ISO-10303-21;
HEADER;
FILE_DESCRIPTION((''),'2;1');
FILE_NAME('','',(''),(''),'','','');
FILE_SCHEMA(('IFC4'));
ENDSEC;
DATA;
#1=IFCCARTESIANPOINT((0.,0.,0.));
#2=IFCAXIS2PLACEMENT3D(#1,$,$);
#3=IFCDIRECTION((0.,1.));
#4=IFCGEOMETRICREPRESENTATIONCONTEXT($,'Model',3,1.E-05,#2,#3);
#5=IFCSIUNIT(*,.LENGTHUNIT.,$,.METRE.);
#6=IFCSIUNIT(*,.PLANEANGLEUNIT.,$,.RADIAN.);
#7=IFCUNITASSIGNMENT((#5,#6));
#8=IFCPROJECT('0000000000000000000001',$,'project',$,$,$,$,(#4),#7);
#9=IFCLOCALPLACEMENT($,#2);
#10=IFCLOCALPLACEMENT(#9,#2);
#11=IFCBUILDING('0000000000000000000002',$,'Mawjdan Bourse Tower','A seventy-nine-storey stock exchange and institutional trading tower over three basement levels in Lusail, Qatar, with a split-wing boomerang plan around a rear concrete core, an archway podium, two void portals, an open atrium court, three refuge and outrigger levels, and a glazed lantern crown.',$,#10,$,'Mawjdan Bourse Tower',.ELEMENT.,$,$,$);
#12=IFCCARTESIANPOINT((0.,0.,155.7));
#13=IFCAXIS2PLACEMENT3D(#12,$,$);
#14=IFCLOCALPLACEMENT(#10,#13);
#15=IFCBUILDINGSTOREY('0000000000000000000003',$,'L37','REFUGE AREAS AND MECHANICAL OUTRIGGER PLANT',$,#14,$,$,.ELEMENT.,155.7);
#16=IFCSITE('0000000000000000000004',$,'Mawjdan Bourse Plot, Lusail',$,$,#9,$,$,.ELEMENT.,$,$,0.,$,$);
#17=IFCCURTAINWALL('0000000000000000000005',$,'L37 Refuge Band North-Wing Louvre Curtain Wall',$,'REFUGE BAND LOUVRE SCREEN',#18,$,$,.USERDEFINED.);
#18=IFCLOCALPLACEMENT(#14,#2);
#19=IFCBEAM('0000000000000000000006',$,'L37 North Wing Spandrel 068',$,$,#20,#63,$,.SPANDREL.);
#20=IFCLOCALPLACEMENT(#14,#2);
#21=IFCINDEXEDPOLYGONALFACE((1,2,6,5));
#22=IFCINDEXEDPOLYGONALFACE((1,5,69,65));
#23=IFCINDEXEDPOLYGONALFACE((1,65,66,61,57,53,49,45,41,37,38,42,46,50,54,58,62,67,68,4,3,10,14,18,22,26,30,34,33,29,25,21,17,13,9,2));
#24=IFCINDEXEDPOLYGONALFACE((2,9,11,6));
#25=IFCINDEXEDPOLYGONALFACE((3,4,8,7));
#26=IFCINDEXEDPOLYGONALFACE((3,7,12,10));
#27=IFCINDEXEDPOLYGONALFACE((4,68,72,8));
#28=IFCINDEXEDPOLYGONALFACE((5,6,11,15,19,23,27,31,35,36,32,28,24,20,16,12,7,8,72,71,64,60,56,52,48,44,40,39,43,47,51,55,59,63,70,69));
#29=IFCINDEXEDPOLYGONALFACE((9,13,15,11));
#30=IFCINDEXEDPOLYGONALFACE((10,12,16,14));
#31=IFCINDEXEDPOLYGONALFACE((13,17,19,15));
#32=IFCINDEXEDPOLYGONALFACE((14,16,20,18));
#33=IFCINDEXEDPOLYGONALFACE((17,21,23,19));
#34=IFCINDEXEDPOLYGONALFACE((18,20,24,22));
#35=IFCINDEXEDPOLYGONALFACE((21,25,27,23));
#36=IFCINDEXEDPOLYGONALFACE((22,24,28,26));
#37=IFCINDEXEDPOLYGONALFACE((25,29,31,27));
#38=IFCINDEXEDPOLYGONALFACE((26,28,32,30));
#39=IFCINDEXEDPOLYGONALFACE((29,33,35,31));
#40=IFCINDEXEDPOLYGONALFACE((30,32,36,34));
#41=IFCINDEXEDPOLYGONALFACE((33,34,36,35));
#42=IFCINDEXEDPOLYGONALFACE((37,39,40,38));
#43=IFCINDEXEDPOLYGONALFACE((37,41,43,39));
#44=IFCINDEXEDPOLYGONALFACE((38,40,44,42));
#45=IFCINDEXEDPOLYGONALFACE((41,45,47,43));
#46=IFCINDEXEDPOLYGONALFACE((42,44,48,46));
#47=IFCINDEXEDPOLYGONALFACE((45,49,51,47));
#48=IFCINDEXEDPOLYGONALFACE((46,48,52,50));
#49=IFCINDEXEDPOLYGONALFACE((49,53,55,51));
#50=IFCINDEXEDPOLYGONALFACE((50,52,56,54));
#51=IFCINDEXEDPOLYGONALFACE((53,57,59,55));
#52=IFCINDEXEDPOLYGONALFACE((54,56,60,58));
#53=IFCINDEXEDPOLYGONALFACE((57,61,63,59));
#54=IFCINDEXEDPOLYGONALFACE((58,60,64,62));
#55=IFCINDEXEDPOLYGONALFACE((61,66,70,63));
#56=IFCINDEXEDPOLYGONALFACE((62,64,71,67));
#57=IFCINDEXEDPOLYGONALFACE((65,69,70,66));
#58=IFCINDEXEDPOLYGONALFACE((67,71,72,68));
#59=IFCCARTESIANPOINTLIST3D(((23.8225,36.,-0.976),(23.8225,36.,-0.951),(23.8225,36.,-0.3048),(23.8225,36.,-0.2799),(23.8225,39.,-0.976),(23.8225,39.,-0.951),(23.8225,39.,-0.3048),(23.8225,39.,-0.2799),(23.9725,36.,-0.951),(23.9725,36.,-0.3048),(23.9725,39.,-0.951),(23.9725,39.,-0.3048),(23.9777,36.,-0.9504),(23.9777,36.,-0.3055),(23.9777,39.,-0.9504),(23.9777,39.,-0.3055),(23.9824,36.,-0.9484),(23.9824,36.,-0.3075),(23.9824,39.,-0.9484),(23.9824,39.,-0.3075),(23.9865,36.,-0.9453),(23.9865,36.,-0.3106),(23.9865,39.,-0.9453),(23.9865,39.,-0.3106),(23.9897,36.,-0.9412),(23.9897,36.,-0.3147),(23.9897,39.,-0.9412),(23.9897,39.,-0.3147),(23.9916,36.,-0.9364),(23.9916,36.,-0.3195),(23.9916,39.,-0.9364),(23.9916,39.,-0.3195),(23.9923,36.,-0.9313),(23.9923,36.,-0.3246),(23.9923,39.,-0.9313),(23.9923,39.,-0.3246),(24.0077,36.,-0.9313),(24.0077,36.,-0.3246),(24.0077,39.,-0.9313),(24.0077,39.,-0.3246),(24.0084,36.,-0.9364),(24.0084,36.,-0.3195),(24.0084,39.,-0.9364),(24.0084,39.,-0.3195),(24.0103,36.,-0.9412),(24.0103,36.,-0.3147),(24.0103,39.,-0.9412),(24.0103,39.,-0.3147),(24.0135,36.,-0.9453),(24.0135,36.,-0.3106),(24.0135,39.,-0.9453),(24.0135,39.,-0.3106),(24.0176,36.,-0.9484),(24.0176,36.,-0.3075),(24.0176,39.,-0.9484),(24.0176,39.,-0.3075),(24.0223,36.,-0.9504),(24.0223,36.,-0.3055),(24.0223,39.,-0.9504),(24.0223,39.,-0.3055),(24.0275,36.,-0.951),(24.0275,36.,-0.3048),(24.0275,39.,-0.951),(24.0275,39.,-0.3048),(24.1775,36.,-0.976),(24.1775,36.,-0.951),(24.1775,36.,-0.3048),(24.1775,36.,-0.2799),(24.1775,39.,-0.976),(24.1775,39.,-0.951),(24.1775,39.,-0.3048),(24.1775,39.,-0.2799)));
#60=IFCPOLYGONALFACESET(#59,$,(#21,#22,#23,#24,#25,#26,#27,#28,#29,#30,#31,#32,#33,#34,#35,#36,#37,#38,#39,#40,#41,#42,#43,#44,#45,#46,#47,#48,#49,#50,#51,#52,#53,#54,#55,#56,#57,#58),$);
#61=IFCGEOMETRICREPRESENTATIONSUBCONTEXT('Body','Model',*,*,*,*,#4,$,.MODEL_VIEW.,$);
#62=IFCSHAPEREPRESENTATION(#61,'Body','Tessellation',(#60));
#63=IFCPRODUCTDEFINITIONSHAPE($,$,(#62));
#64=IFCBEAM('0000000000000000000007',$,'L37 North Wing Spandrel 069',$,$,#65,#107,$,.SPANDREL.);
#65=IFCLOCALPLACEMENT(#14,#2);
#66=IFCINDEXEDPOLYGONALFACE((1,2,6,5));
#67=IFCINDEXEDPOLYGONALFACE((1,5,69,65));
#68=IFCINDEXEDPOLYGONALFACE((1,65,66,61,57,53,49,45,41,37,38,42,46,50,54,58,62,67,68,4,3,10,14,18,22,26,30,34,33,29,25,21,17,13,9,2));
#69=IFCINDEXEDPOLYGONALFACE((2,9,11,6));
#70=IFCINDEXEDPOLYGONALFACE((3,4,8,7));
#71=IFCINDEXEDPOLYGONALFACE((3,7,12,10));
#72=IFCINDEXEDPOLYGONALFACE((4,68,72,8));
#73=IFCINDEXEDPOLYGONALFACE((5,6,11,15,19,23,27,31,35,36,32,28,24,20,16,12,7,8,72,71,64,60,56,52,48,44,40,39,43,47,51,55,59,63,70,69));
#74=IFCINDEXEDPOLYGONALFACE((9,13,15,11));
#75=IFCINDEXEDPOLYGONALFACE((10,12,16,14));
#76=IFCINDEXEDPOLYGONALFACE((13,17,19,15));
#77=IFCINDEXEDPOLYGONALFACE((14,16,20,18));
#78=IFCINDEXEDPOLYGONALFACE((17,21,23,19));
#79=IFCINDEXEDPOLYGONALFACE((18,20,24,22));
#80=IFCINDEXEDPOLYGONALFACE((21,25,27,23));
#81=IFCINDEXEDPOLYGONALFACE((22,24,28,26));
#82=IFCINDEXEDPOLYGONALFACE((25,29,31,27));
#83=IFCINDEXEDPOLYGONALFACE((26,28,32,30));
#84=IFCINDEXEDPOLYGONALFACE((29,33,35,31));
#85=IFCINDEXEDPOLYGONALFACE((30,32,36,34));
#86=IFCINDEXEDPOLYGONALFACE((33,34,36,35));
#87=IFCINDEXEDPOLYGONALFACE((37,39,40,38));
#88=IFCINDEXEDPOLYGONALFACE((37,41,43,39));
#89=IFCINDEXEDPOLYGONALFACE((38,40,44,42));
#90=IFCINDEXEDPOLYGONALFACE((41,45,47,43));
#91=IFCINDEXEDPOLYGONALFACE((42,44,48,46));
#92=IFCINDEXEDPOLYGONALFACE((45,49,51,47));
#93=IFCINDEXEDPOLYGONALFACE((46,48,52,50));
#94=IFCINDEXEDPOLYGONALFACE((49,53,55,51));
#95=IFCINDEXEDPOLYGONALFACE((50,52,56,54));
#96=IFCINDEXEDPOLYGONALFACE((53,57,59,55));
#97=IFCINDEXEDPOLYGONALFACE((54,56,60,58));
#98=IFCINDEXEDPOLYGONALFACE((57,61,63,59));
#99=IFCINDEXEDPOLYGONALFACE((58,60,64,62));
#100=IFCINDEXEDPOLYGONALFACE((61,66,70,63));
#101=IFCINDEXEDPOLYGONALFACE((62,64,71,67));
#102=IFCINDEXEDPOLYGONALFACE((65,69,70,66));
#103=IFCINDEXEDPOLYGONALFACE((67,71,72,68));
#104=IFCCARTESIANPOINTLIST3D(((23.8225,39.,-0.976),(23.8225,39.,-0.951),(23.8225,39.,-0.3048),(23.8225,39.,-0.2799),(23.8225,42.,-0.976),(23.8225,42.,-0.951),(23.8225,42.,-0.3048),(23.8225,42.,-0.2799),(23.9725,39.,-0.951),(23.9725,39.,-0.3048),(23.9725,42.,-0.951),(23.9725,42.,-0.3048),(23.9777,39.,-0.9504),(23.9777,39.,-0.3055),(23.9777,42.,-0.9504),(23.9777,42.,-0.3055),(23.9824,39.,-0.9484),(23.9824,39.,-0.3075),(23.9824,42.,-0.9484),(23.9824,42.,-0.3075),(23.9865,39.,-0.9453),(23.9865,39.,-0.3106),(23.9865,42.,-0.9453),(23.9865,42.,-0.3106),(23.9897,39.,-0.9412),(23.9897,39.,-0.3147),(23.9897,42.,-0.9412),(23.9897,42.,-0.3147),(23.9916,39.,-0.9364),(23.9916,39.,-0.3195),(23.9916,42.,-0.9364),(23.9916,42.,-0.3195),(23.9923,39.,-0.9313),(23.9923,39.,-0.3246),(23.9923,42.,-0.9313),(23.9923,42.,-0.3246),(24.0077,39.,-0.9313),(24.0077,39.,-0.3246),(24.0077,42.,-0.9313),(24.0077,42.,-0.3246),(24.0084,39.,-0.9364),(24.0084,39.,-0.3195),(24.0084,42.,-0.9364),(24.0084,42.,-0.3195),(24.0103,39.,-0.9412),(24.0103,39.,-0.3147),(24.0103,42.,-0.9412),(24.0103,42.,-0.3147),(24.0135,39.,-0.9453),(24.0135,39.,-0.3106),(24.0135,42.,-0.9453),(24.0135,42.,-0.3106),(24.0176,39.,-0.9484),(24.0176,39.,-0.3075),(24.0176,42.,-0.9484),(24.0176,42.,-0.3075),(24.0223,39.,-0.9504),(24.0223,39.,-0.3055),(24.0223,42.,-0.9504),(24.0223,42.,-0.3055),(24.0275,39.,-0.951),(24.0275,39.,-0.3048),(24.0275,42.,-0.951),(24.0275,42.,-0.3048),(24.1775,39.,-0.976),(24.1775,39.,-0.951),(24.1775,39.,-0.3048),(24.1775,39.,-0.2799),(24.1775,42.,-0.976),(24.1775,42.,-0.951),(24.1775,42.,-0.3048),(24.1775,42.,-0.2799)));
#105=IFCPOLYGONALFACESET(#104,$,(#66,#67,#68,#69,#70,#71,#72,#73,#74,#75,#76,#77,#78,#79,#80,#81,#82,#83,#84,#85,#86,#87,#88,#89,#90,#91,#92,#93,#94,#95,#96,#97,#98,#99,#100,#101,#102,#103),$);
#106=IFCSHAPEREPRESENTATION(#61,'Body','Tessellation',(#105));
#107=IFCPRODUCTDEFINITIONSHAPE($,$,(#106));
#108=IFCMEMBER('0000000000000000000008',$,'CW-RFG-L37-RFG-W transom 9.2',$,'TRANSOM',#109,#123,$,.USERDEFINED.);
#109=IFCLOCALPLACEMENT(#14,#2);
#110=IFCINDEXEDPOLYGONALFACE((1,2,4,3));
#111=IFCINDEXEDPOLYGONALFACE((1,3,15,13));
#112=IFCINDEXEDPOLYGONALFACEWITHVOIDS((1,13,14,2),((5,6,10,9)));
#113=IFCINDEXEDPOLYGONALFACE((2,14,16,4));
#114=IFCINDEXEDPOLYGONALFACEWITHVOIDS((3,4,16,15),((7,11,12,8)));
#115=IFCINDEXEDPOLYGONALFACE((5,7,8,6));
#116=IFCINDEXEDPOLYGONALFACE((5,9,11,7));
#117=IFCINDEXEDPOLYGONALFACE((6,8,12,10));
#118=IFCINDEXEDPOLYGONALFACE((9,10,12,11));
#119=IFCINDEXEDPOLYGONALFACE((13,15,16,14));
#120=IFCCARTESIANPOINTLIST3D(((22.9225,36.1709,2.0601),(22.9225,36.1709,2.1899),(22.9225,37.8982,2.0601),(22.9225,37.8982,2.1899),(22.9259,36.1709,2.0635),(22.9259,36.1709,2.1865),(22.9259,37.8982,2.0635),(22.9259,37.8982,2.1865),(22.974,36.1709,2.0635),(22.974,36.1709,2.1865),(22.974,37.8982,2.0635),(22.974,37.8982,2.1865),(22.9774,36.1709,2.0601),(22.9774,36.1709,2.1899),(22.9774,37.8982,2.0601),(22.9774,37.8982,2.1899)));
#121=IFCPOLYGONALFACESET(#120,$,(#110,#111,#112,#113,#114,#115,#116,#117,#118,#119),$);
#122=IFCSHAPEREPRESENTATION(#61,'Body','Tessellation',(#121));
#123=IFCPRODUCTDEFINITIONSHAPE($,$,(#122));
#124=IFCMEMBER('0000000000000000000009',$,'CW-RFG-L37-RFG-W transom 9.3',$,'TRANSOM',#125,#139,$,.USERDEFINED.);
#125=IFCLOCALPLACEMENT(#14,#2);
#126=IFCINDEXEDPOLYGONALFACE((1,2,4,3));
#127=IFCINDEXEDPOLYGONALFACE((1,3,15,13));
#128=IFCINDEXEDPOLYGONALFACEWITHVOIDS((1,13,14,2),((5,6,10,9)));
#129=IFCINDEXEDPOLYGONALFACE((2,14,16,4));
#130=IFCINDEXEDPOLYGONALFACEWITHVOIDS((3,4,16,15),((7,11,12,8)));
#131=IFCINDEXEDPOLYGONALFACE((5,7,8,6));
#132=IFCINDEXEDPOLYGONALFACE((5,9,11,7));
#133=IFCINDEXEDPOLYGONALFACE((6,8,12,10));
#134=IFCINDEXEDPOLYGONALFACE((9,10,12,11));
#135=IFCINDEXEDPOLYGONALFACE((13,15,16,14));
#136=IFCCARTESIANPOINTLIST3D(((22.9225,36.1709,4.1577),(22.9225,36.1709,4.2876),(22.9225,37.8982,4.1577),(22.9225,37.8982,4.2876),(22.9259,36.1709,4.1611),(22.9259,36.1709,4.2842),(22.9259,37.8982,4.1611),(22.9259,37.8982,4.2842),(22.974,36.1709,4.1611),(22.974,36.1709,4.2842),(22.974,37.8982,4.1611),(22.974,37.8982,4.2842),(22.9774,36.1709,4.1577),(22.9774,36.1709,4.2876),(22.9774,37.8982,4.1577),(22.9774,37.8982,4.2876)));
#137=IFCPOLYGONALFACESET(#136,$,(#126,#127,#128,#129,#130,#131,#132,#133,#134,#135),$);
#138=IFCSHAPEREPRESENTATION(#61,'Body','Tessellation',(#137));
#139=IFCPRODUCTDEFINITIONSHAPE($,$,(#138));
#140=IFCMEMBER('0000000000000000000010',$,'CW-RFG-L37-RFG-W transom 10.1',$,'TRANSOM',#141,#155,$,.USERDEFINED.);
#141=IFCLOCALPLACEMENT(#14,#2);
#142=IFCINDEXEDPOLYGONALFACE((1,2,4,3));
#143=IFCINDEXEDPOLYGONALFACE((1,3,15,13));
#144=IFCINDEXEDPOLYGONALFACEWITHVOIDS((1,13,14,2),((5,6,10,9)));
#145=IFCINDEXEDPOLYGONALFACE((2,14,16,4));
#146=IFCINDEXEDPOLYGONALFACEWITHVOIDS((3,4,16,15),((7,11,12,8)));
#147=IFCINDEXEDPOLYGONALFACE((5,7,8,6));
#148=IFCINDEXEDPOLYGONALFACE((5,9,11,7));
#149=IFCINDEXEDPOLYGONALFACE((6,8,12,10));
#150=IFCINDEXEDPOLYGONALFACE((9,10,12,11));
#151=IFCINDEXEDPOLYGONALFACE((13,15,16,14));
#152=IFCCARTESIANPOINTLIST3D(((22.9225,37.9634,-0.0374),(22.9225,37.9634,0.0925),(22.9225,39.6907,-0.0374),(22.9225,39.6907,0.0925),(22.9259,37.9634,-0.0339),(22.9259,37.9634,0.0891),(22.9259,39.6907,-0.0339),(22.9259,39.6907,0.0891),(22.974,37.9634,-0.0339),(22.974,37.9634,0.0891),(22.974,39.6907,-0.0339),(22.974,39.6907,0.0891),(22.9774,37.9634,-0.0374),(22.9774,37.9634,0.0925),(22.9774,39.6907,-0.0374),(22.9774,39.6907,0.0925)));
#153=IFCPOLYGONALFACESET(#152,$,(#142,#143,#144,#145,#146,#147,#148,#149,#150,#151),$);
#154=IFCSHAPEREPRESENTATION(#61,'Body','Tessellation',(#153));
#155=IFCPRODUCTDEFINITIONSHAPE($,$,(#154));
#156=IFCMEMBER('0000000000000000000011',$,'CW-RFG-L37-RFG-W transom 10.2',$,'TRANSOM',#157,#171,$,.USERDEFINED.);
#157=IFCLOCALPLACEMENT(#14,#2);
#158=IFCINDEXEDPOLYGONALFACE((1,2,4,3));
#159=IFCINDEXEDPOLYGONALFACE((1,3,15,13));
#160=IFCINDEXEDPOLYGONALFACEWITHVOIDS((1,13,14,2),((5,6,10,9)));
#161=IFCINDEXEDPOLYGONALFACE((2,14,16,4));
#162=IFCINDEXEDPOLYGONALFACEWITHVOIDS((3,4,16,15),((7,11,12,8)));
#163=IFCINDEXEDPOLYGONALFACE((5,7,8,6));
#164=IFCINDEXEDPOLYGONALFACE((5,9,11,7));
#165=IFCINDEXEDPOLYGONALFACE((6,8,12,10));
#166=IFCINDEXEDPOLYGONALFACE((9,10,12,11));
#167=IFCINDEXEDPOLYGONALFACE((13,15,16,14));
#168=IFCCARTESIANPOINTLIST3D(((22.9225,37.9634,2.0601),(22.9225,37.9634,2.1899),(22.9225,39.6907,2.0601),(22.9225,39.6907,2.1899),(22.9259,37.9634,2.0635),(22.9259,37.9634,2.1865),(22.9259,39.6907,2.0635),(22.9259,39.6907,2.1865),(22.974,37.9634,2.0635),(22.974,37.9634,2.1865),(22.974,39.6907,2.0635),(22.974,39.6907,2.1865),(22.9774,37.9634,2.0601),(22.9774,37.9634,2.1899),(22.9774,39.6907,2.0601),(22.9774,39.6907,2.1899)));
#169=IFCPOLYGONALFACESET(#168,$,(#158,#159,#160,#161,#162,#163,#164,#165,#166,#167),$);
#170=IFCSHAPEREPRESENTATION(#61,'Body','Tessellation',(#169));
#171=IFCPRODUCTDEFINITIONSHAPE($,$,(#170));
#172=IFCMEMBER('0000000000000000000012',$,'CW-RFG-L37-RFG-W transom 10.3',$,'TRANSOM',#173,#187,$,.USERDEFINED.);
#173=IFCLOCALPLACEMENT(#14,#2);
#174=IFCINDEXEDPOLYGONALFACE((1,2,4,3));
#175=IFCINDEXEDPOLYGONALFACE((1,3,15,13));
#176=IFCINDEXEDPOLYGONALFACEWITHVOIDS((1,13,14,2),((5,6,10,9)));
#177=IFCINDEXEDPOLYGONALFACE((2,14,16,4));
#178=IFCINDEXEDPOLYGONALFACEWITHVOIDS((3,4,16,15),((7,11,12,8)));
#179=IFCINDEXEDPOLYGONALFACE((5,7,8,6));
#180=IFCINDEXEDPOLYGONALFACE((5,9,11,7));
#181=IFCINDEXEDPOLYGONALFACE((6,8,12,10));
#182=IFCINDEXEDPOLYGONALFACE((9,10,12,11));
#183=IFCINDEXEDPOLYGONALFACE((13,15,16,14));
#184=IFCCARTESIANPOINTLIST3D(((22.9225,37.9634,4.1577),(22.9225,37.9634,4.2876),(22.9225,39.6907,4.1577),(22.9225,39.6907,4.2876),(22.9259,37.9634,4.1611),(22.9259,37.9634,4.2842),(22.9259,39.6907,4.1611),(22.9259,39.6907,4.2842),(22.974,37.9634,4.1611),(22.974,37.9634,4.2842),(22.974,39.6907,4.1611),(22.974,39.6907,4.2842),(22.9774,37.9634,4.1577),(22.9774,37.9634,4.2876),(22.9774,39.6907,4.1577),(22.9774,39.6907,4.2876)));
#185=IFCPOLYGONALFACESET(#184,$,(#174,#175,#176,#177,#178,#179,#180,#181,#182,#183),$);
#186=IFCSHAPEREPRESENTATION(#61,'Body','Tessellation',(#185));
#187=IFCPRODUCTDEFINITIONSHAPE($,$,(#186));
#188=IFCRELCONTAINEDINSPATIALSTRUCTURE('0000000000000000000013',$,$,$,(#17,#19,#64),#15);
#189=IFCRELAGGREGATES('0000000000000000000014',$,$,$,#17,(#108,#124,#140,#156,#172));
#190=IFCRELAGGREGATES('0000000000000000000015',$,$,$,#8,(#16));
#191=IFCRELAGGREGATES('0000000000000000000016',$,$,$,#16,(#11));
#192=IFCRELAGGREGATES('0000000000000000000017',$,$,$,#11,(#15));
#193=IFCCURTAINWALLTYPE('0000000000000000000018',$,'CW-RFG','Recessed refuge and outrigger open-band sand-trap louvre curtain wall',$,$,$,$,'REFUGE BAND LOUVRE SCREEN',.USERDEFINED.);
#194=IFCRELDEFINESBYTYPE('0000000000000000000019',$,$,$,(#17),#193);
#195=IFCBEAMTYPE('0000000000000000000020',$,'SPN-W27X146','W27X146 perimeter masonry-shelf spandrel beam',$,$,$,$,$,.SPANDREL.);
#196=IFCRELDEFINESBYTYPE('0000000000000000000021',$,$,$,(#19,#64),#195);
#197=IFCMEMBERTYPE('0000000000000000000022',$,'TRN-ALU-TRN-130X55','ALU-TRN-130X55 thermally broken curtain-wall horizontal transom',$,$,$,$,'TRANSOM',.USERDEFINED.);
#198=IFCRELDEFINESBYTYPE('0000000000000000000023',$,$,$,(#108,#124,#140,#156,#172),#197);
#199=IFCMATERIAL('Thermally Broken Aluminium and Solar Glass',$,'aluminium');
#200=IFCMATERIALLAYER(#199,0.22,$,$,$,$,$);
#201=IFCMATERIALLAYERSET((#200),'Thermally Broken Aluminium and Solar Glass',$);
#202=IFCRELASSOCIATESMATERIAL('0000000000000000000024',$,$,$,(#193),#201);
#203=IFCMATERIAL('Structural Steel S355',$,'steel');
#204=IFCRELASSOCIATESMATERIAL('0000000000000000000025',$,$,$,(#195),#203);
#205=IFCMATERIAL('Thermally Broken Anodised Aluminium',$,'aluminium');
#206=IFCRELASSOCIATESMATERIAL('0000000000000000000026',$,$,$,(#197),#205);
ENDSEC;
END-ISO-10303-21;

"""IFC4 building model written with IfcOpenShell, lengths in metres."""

from ifc_helpers import new_model, si_unit, direction, frame, origin, origin_2d, place, context, subcontext, project, spatial, hollow_rectangle, i_section, extrude, material, layer, layer_set, material_profile, profile_set, type_object, element, aggregate, save


model = new_model("IFC4")

# Units and contexts
model_context = context("Model", 3, precision=1e-05, world=origin(), true_north=direction((0.0, 1.0)))
body_context = subcontext(model_context, "Body", "Model", "MODEL_VIEW")
ifc_project = project(units=[si_unit("LENGTHUNIT", "METRE"), si_unit("PLANEANGLEUNIT", "RADIAN")], contexts=[model_context])

# Site, building, storey
site_placement = place(None, origin())
site = spatial("IfcSite", under=ifc_project, at=site_placement, Name="Mawjdan Bourse Plot, Lusail", CompositionType="ELEMENT", RefElevation=0.0)
building_placement = place(site_placement, origin())
building = spatial("IfcBuilding", under=site, at=building_placement, Name="Mawjdan Bourse Tower", Description="A seventy-nine-storey stock exchange and institutional trading tower over three basement levels in Lusail, Qatar, with a split-wing boomerang plan around a rear concrete core, an archway podium, two void portals, an open atrium court, three refuge and outrigger levels, and a glazed lantern crown.", LongName="Mawjdan Bourse Tower", CompositionType="ELEMENT")
storey_placement = place(building_placement, frame((0.0, 0.0, 155.7)))
storey = spatial("IfcBuildingStorey", under=building, at=storey_placement, Name="L37", Description="REFUGE AREAS AND MECHANICAL OUTRIGGER PLANT", CompositionType="ELEMENT", Elevation=155.7)

# Curtain wall
ifc_material_1 = material(Name="Thermally Broken Aluminium and Solar Glass", Category="aluminium")
ifc_layer_1 = layer(ifc_material_1, 0.22)
ifc_layer_set_1 = layer_set([ifc_layer_1], Name="Thermally Broken Aluminium and Solar Glass")
curtain_wall_type = type_object("IfcCurtainWallType", Name="CW-RFG", Description="Recessed refuge and outrigger open-band sand-trap louvre curtain wall", ElementType="REFUGE BAND LOUVRE SCREEN", PredefinedType="USERDEFINED", material=ifc_layer_set_1)
curtain_wall_placement = place(storey_placement, origin())
curtain_wall = element("IfcCurtainWall", 1, at=curtain_wall_placement, inside=storey, type_object=curtain_wall_type, Name="L37 Refuge Band North-Wing Louvre Curtain Wall", ObjectType="REFUGE BAND LOUVRE SCREEN", PredefinedType="USERDEFINED")
ifc_material_2 = material(Name="Thermally Broken Anodised Aluminium", Category="aluminium")

# Beams
ifc_material_3 = material(Name="Structural Steel S355", Category="steel")
ifc_material_profile_1 = material_profile(ifc_material_3, i_section(OverallWidth=0.355, OverallDepth=0.696, WebThickness=0.0154, FlangeThickness=0.0249, FilletRadius=0.0198, at=origin_2d()), Name="W27X146")
ifc_profile_set_1 = profile_set([ifc_material_profile_1], Name="Structural Steel S355")
beam_type = type_object("IfcBeamType", Name="SPN-W27X146", Description="W27X146 perimeter masonry-shelf spandrel beam", PredefinedType="SPANDREL", material=ifc_profile_set_1)
for number, where, z_axis, x_axis, name in (
    (2, (24.0, 36.0, -0.6279), (0.0, 1.0, 0.0), (-1.0, 0.0, 0.0), "L37 North Wing Spandrel 068"),
    (3, (24.0, 39.0, -0.6279), (0.0, 1.0, 0.0), (-1.0, 0.0, 0.0), "L37 North Wing Spandrel 069"),
):
    element("IfcBeam", number, at=place(storey_placement, frame(where, z_axis=z_axis, x_axis=x_axis)), inside=storey, type_object=beam_type, Name=name, PredefinedType="SPANDREL", context=body_context, shape_type="SweptSolid", body=[
        extrude(i_section(OverallWidth=0.355, OverallDepth=0.696, WebThickness=0.0154, FlangeThickness=0.0249, FilletRadius=0.0198, at=origin_2d()), origin(), (0.0, 0.0, 1.0), 3.0),
    ])

# Members
ifc_material_profile_2 = material_profile(ifc_material_2, hollow_rectangle(XDim=0.0549, YDim=0.1299, WallThickness=0.0034, at=origin_2d()), Name="ALU-TRN-130X55")
ifc_profile_set_2 = profile_set([ifc_material_profile_2], Name="Thermally Broken Anodised Aluminium")
member_type_1 = type_object("IfcMemberType", Name="TRN-ALU-TRN-130X55", Description="ALU-TRN-130X55 thermally broken curtain-wall horizontal transom", ElementType="TRANSOM", PredefinedType="USERDEFINED", material=ifc_profile_set_2)
member_1_placement = place(storey_placement, frame((22.95, 36.1709, 2.125), z_axis=(0.0, 1.0, 0.0), x_axis=(-1.0, 0.0, 0.0)))
member_1 = element("IfcMember", 4, at=member_1_placement, type_object=member_type_1, Name="CW-RFG-L37-RFG-W transom 9.2", ObjectType="TRANSOM", PredefinedType="USERDEFINED", context=body_context, shape_type="SweptSolid", body=[
    extrude(hollow_rectangle(XDim=0.0549, YDim=0.1299, WallThickness=0.0034, at=origin_2d()), origin(), (0.0, 0.0, 1.0), 1.7273),
])
member_2_placement = place(storey_placement, frame((22.95, 36.1709, 4.2227), z_axis=(0.0, 1.0, 0.0), x_axis=(-1.0, 0.0, 0.0)))
member_2 = element("IfcMember", 5, at=member_2_placement, type_object=member_type_1, Name="CW-RFG-L37-RFG-W transom 9.3", ObjectType="TRANSOM", PredefinedType="USERDEFINED", context=body_context, shape_type="SweptSolid", body=[
    extrude(hollow_rectangle(XDim=0.0549, YDim=0.1299, WallThickness=0.0034, at=origin_2d()), origin(), (0.0, 0.0, 1.0), 1.7273),
])
member_3_placement = place(storey_placement, frame((22.95, 37.9634, 0.0276), z_axis=(0.0, 1.0, 0.0), x_axis=(-1.0, 0.0, 0.0)))
member_3 = element("IfcMember", 6, at=member_3_placement, type_object=member_type_1, Name="CW-RFG-L37-RFG-W transom 10.1", ObjectType="TRANSOM", PredefinedType="USERDEFINED", context=body_context, shape_type="SweptSolid", body=[
    extrude(hollow_rectangle(XDim=0.0549, YDim=0.1299, WallThickness=0.0034, at=origin_2d()), origin(), (0.0, 0.0, 1.0), 1.7273),
])
member_4_placement = place(storey_placement, frame((22.95, 37.9634, 2.125), z_axis=(0.0, 1.0, 0.0), x_axis=(-1.0, 0.0, 0.0)))
member_4 = element("IfcMember", 7, at=member_4_placement, type_object=member_type_1, Name="CW-RFG-L37-RFG-W transom 10.2", ObjectType="TRANSOM", PredefinedType="USERDEFINED", context=body_context, shape_type="SweptSolid", body=[
    extrude(hollow_rectangle(XDim=0.0549, YDim=0.1299, WallThickness=0.0034, at=origin_2d()), origin(), (0.0, 0.0, 1.0), 1.7273),
])
member_5_placement = place(storey_placement, frame((22.95, 37.9634, 4.2227), z_axis=(0.0, 1.0, 0.0), x_axis=(-1.0, 0.0, 0.0)))
member_5 = element("IfcMember", 8, at=member_5_placement, type_object=member_type_1, Name="CW-RFG-L37-RFG-W transom 10.3", ObjectType="TRANSOM", PredefinedType="USERDEFINED", context=body_context, shape_type="SweptSolid", body=[
    extrude(hollow_rectangle(XDim=0.0549, YDim=0.1299, WallThickness=0.0034, at=origin_2d()), origin(), (0.0, 0.0, 1.0), 1.7273),
])

aggregate(curtain_wall, [member_1, member_2, member_3, member_4, member_5])

save(model, "model.ifc")
